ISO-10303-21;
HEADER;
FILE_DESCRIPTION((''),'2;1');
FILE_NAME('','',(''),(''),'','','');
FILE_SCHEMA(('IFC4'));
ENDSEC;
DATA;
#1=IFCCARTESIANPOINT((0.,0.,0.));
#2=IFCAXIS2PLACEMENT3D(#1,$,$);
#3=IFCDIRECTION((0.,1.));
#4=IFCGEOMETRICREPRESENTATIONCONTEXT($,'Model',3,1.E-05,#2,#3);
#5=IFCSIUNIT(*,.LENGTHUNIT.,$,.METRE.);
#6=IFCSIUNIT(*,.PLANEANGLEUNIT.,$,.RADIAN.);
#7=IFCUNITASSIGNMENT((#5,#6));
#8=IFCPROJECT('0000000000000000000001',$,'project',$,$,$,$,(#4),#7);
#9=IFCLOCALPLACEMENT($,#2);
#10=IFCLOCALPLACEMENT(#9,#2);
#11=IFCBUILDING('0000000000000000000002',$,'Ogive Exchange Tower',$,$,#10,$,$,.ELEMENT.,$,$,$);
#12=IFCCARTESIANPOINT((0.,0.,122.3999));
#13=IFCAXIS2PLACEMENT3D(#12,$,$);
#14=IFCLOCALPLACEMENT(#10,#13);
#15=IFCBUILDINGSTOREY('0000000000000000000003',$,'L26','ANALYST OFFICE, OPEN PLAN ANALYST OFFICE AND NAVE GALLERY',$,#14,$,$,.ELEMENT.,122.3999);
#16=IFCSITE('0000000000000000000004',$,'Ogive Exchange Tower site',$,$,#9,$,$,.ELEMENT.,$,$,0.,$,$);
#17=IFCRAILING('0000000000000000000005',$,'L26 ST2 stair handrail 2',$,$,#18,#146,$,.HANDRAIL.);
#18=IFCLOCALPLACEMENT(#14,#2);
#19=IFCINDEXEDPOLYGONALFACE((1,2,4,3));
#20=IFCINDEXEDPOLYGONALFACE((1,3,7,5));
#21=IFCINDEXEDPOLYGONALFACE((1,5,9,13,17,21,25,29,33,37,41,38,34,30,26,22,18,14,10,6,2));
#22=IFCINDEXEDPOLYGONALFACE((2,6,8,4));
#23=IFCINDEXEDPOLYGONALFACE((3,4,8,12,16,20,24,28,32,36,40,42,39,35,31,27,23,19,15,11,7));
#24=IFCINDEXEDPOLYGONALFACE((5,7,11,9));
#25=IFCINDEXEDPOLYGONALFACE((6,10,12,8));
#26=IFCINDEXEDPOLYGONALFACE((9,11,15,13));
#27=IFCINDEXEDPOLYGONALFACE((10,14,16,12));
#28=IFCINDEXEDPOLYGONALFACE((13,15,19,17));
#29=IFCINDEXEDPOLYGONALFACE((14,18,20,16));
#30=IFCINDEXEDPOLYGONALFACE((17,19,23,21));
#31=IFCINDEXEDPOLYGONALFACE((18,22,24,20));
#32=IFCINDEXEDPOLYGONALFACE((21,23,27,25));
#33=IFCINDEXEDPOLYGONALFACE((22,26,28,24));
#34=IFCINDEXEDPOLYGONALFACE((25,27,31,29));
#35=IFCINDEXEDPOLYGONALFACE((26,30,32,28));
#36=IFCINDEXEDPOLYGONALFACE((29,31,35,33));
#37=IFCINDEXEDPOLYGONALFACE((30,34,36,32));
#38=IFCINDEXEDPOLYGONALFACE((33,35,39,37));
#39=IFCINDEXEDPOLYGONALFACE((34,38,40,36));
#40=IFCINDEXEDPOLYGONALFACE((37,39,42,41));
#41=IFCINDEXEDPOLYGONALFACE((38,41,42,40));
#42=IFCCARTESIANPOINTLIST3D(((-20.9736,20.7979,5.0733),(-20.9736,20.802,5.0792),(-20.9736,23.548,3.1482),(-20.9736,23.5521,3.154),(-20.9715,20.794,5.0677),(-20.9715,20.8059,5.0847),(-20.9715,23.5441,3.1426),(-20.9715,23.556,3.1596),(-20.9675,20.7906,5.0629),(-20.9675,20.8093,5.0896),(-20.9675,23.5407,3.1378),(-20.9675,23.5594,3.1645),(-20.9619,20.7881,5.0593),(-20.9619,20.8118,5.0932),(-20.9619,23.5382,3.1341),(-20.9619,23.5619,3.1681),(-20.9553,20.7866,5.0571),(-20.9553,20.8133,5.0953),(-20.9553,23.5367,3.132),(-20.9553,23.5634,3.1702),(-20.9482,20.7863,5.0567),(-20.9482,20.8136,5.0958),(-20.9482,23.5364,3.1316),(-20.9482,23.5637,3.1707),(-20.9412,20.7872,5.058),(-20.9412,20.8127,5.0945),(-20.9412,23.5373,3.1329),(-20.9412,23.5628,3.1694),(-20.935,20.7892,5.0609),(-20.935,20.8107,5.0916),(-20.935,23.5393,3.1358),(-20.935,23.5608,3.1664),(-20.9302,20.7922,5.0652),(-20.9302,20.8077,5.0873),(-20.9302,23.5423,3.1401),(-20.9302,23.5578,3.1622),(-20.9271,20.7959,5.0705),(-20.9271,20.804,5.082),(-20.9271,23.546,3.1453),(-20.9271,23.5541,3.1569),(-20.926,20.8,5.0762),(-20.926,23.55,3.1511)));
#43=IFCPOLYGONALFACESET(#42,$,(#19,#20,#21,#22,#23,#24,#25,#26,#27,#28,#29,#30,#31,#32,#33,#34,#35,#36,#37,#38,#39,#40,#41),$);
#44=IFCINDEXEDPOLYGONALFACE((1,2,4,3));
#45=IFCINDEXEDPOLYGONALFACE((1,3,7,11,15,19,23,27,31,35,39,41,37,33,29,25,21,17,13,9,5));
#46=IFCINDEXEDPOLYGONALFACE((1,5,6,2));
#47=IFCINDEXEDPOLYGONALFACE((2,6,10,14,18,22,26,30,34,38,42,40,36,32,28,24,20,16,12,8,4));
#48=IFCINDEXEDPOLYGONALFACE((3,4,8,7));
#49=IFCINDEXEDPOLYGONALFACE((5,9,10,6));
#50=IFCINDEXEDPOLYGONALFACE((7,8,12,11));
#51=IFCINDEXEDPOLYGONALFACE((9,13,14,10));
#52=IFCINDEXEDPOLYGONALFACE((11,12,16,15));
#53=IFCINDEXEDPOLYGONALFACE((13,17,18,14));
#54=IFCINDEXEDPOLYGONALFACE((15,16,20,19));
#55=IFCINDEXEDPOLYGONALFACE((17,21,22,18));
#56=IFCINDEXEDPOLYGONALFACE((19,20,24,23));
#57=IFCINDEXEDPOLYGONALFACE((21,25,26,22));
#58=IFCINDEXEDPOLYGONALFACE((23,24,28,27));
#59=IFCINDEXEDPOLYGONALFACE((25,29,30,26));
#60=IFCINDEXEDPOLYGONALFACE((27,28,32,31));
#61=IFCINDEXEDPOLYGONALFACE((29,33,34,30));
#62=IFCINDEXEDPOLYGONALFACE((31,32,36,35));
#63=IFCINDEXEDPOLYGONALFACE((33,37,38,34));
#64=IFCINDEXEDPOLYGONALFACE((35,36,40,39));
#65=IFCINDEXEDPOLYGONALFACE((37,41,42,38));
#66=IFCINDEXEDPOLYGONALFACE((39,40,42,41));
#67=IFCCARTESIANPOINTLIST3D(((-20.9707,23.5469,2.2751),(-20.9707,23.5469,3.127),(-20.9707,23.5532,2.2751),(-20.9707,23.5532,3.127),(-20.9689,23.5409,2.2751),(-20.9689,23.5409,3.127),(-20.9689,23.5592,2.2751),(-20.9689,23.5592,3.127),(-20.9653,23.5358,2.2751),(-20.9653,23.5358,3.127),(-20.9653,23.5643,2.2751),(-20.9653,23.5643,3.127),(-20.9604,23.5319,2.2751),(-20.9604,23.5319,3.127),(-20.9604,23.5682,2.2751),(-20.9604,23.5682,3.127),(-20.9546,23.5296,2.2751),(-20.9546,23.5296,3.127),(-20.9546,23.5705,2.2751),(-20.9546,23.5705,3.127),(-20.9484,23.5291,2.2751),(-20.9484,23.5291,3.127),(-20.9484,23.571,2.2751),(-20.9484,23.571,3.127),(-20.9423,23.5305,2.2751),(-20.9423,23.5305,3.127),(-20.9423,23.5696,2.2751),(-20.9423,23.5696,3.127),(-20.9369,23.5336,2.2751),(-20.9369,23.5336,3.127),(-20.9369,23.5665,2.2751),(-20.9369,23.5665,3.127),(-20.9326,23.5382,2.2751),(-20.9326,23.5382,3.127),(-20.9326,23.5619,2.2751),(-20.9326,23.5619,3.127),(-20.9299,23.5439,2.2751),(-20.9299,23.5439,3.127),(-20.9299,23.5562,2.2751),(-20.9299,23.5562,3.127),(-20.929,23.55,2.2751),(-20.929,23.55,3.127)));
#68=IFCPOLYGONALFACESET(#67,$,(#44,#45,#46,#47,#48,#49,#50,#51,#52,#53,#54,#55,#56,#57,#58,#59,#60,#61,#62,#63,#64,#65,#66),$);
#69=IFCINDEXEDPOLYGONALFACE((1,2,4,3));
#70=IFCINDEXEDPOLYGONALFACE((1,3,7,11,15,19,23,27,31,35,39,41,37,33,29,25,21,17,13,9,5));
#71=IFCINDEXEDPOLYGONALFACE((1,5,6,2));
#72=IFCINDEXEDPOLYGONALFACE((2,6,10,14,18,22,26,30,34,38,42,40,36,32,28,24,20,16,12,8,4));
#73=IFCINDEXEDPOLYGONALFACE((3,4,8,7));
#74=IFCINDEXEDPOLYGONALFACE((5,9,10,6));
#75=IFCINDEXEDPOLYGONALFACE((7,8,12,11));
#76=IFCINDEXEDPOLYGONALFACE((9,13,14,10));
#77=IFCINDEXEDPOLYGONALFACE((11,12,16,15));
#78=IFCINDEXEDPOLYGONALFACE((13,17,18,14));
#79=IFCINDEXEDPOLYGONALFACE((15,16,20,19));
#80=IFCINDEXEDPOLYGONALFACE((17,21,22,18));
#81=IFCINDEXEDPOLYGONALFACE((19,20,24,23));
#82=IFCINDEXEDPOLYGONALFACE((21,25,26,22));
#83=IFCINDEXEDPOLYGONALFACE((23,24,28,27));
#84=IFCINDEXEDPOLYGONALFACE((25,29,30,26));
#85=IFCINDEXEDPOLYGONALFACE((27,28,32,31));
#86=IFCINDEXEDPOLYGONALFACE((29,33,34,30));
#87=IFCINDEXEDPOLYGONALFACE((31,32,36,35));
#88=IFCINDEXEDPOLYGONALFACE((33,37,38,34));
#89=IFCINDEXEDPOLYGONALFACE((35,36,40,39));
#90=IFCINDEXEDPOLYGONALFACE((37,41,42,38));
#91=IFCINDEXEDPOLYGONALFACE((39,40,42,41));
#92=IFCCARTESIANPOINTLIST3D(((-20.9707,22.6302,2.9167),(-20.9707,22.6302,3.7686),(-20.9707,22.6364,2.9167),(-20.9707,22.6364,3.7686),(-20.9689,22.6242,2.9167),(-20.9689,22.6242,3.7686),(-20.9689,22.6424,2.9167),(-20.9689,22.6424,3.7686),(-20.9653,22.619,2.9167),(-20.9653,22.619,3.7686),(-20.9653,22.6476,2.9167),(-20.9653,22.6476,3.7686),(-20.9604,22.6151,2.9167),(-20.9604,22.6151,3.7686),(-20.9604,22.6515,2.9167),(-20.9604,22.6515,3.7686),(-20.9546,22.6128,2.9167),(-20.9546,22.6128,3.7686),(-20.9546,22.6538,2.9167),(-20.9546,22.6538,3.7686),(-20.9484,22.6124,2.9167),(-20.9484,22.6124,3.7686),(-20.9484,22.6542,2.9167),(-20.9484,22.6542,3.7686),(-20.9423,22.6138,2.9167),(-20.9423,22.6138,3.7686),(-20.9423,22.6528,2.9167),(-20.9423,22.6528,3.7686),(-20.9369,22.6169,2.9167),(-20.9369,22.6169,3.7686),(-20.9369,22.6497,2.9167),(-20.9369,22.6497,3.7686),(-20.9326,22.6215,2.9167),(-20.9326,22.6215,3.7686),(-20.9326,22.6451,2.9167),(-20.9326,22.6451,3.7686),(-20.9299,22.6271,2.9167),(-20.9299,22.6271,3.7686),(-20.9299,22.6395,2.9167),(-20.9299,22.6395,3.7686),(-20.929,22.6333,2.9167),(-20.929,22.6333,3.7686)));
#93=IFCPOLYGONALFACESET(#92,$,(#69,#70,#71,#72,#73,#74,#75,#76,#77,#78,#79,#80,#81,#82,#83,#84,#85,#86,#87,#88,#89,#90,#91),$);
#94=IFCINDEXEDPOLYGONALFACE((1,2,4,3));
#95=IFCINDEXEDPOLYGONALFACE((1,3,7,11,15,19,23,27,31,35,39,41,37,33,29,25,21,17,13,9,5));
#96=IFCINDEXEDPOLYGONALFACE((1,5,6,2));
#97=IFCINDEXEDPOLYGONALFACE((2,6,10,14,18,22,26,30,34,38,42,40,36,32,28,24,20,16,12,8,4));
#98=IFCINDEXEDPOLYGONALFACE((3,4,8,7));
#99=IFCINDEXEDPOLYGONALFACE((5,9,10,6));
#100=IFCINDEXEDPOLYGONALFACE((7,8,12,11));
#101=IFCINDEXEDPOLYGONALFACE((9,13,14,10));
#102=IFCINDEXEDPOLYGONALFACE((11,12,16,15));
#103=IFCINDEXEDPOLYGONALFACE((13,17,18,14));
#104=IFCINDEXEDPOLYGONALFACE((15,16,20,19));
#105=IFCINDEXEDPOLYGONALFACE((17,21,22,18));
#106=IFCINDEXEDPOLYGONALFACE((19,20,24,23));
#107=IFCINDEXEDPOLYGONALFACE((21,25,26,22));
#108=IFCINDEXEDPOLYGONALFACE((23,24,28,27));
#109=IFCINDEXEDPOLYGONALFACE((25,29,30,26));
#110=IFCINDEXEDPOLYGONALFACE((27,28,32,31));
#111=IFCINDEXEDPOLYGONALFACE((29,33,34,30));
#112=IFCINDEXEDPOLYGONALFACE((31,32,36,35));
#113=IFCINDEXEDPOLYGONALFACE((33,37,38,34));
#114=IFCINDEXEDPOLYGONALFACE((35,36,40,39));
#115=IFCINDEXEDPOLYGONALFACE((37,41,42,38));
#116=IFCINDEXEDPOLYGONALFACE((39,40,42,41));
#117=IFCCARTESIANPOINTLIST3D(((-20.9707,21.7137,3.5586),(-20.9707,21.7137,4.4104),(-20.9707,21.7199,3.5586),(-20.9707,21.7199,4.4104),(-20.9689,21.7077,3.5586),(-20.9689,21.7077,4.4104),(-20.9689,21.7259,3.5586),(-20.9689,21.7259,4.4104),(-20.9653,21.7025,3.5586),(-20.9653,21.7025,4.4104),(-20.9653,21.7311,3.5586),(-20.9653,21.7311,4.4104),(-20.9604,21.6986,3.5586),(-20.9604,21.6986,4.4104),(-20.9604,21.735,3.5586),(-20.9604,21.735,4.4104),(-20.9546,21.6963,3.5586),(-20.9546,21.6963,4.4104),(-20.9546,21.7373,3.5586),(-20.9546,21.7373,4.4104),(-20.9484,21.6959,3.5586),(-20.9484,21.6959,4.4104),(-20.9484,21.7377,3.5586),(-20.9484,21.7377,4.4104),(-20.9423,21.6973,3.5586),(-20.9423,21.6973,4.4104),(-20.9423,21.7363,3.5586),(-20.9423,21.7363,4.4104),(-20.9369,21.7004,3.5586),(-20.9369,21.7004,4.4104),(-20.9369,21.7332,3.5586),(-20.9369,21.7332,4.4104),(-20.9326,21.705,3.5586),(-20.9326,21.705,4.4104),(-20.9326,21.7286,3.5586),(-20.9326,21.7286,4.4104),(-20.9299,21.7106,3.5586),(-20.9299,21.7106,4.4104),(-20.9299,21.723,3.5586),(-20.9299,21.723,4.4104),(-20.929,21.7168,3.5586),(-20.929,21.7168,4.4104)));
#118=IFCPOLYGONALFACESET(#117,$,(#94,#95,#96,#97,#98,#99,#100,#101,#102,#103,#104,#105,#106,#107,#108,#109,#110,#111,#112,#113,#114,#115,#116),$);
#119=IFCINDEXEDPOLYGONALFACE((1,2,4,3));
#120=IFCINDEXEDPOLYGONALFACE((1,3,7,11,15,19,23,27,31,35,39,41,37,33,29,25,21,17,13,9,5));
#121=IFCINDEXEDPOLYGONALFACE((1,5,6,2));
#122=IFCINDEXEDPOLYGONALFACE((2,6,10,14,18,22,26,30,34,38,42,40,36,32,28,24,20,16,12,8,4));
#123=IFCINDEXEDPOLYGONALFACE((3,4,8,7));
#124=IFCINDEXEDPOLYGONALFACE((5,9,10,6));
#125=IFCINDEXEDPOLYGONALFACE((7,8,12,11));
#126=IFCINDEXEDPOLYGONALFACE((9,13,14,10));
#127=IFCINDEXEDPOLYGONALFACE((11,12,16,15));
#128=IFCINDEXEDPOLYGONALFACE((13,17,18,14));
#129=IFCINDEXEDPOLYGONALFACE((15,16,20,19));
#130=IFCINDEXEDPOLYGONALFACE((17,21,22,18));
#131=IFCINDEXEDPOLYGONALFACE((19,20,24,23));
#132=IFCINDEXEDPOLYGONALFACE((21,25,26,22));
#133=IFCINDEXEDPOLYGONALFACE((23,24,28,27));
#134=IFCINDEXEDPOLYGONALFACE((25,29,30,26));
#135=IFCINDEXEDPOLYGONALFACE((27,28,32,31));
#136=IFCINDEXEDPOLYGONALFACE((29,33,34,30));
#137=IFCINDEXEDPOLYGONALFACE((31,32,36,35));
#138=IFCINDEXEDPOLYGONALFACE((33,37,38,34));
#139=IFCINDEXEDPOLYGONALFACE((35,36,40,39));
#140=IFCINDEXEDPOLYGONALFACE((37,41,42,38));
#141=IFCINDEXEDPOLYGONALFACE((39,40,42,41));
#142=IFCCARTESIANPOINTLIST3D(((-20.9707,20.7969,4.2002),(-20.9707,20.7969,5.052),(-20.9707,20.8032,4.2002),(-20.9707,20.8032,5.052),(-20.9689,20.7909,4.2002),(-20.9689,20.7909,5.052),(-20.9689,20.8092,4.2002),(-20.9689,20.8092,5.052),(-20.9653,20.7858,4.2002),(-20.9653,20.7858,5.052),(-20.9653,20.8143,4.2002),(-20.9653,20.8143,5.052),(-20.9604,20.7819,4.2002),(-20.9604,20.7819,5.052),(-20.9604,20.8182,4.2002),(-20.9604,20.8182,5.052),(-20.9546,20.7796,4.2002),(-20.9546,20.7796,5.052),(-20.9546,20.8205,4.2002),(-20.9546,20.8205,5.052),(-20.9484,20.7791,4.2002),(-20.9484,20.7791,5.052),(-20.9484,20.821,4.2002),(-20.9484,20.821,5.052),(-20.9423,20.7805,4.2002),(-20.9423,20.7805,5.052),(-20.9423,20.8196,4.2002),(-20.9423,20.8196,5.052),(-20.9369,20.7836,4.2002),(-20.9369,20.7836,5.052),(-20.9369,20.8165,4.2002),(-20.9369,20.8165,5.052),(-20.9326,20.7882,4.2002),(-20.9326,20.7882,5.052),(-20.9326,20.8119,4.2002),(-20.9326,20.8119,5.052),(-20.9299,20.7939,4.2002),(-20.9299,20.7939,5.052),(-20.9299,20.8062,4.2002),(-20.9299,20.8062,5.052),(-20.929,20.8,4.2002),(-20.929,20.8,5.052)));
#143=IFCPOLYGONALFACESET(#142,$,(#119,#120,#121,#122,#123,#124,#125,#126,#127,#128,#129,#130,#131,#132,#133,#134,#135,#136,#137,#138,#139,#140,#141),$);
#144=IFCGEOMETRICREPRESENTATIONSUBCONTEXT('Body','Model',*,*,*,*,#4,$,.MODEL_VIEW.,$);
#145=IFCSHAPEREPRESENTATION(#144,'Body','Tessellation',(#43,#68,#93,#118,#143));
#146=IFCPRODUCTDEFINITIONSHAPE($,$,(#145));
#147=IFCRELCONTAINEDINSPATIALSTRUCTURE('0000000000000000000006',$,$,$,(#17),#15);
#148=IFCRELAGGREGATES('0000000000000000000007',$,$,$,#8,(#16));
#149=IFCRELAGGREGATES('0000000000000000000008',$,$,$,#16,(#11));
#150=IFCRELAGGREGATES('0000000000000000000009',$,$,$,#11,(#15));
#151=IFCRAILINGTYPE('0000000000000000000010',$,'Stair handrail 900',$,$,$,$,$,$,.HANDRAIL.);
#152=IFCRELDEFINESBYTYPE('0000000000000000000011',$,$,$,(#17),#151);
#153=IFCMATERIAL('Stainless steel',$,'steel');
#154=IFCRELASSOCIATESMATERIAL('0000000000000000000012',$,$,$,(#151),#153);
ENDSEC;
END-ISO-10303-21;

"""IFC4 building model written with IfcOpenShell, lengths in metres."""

from ifc_helpers import new_model, si_unit, direction, frame, origin, origin_2d, place, context, subcontext, project, spatial, circle, extrude, material, type_object, element, save


model = new_model("IFC4")

# Units and contexts
model_context = context("Model", 3, precision=1e-05, world=origin(), true_north=direction((0.0, 1.0)))
body_context = subcontext(model_context, "Body", "Model", "MODEL_VIEW")
ifc_project = project(units=[si_unit("LENGTHUNIT", "METRE"), si_unit("PLANEANGLEUNIT", "RADIAN")], contexts=[model_context])

# Site, building, storey
site_placement = place(None, origin())
site = spatial("IfcSite", under=ifc_project, at=site_placement, Name="Ogive Exchange Tower site", CompositionType="ELEMENT", RefElevation=0.0)
building_placement = place(site_placement, origin())
building = spatial("IfcBuilding", under=site, at=building_placement, Name="Ogive Exchange Tower", CompositionType="ELEMENT")
storey_placement = place(building_placement, frame((0.0, 0.0, 122.3999)))
storey = spatial("IfcBuildingStorey", under=building, at=storey_placement, Name="L26", Description="ANALYST OFFICE, OPEN PLAN ANALYST OFFICE AND NAVE GALLERY", CompositionType="ELEMENT", Elevation=122.3999)

# Shared definitions
ifc_material_1 = material(Name="Stainless steel", Category="steel")

# Railing
railing_type = type_object("IfcRailingType", Name="Stair handrail 900", PredefinedType="HANDRAIL", material=ifc_material_1)
railing_placement = place(storey_placement, frame((-20.95, 23.55, 2.2751)))
element("IfcRailing", 1, at=railing_placement, inside=storey, type_object=railing_type, Name="L26 ST2 stair handrail 2", PredefinedType="HANDRAIL", context=body_context, shape_type="SweptSolid", body=[
    extrude(circle(Radius=0.0239, at=origin_2d()), frame((0.0, 0.0, 0.876), z_axis=(0.0, -0.819225, 0.573472), x_axis=(1.0, 0.0, 0.0)), (0.0, 0.0, 1.0), 3.3569),
    extrude(circle(Radius=0.021, at=origin_2d()), origin(), (0.0, 0.0, 1.0), 0.8518),
    extrude(circle(Radius=0.021, at=origin_2d()), frame((0.0, -0.9167, 0.6416)), (0.0, 0.0, 1.0), 0.8518),
    extrude(circle(Radius=0.021, at=origin_2d()), frame((0.0, -1.8333, 1.2834)), (0.0, 0.0, 1.0), 0.8518),
    extrude(circle(Radius=0.021, at=origin_2d()), frame((0.0, -2.75, 1.925)), (0.0, 0.0, 1.0), 0.8518),
])

save(model, "model.ifc")
